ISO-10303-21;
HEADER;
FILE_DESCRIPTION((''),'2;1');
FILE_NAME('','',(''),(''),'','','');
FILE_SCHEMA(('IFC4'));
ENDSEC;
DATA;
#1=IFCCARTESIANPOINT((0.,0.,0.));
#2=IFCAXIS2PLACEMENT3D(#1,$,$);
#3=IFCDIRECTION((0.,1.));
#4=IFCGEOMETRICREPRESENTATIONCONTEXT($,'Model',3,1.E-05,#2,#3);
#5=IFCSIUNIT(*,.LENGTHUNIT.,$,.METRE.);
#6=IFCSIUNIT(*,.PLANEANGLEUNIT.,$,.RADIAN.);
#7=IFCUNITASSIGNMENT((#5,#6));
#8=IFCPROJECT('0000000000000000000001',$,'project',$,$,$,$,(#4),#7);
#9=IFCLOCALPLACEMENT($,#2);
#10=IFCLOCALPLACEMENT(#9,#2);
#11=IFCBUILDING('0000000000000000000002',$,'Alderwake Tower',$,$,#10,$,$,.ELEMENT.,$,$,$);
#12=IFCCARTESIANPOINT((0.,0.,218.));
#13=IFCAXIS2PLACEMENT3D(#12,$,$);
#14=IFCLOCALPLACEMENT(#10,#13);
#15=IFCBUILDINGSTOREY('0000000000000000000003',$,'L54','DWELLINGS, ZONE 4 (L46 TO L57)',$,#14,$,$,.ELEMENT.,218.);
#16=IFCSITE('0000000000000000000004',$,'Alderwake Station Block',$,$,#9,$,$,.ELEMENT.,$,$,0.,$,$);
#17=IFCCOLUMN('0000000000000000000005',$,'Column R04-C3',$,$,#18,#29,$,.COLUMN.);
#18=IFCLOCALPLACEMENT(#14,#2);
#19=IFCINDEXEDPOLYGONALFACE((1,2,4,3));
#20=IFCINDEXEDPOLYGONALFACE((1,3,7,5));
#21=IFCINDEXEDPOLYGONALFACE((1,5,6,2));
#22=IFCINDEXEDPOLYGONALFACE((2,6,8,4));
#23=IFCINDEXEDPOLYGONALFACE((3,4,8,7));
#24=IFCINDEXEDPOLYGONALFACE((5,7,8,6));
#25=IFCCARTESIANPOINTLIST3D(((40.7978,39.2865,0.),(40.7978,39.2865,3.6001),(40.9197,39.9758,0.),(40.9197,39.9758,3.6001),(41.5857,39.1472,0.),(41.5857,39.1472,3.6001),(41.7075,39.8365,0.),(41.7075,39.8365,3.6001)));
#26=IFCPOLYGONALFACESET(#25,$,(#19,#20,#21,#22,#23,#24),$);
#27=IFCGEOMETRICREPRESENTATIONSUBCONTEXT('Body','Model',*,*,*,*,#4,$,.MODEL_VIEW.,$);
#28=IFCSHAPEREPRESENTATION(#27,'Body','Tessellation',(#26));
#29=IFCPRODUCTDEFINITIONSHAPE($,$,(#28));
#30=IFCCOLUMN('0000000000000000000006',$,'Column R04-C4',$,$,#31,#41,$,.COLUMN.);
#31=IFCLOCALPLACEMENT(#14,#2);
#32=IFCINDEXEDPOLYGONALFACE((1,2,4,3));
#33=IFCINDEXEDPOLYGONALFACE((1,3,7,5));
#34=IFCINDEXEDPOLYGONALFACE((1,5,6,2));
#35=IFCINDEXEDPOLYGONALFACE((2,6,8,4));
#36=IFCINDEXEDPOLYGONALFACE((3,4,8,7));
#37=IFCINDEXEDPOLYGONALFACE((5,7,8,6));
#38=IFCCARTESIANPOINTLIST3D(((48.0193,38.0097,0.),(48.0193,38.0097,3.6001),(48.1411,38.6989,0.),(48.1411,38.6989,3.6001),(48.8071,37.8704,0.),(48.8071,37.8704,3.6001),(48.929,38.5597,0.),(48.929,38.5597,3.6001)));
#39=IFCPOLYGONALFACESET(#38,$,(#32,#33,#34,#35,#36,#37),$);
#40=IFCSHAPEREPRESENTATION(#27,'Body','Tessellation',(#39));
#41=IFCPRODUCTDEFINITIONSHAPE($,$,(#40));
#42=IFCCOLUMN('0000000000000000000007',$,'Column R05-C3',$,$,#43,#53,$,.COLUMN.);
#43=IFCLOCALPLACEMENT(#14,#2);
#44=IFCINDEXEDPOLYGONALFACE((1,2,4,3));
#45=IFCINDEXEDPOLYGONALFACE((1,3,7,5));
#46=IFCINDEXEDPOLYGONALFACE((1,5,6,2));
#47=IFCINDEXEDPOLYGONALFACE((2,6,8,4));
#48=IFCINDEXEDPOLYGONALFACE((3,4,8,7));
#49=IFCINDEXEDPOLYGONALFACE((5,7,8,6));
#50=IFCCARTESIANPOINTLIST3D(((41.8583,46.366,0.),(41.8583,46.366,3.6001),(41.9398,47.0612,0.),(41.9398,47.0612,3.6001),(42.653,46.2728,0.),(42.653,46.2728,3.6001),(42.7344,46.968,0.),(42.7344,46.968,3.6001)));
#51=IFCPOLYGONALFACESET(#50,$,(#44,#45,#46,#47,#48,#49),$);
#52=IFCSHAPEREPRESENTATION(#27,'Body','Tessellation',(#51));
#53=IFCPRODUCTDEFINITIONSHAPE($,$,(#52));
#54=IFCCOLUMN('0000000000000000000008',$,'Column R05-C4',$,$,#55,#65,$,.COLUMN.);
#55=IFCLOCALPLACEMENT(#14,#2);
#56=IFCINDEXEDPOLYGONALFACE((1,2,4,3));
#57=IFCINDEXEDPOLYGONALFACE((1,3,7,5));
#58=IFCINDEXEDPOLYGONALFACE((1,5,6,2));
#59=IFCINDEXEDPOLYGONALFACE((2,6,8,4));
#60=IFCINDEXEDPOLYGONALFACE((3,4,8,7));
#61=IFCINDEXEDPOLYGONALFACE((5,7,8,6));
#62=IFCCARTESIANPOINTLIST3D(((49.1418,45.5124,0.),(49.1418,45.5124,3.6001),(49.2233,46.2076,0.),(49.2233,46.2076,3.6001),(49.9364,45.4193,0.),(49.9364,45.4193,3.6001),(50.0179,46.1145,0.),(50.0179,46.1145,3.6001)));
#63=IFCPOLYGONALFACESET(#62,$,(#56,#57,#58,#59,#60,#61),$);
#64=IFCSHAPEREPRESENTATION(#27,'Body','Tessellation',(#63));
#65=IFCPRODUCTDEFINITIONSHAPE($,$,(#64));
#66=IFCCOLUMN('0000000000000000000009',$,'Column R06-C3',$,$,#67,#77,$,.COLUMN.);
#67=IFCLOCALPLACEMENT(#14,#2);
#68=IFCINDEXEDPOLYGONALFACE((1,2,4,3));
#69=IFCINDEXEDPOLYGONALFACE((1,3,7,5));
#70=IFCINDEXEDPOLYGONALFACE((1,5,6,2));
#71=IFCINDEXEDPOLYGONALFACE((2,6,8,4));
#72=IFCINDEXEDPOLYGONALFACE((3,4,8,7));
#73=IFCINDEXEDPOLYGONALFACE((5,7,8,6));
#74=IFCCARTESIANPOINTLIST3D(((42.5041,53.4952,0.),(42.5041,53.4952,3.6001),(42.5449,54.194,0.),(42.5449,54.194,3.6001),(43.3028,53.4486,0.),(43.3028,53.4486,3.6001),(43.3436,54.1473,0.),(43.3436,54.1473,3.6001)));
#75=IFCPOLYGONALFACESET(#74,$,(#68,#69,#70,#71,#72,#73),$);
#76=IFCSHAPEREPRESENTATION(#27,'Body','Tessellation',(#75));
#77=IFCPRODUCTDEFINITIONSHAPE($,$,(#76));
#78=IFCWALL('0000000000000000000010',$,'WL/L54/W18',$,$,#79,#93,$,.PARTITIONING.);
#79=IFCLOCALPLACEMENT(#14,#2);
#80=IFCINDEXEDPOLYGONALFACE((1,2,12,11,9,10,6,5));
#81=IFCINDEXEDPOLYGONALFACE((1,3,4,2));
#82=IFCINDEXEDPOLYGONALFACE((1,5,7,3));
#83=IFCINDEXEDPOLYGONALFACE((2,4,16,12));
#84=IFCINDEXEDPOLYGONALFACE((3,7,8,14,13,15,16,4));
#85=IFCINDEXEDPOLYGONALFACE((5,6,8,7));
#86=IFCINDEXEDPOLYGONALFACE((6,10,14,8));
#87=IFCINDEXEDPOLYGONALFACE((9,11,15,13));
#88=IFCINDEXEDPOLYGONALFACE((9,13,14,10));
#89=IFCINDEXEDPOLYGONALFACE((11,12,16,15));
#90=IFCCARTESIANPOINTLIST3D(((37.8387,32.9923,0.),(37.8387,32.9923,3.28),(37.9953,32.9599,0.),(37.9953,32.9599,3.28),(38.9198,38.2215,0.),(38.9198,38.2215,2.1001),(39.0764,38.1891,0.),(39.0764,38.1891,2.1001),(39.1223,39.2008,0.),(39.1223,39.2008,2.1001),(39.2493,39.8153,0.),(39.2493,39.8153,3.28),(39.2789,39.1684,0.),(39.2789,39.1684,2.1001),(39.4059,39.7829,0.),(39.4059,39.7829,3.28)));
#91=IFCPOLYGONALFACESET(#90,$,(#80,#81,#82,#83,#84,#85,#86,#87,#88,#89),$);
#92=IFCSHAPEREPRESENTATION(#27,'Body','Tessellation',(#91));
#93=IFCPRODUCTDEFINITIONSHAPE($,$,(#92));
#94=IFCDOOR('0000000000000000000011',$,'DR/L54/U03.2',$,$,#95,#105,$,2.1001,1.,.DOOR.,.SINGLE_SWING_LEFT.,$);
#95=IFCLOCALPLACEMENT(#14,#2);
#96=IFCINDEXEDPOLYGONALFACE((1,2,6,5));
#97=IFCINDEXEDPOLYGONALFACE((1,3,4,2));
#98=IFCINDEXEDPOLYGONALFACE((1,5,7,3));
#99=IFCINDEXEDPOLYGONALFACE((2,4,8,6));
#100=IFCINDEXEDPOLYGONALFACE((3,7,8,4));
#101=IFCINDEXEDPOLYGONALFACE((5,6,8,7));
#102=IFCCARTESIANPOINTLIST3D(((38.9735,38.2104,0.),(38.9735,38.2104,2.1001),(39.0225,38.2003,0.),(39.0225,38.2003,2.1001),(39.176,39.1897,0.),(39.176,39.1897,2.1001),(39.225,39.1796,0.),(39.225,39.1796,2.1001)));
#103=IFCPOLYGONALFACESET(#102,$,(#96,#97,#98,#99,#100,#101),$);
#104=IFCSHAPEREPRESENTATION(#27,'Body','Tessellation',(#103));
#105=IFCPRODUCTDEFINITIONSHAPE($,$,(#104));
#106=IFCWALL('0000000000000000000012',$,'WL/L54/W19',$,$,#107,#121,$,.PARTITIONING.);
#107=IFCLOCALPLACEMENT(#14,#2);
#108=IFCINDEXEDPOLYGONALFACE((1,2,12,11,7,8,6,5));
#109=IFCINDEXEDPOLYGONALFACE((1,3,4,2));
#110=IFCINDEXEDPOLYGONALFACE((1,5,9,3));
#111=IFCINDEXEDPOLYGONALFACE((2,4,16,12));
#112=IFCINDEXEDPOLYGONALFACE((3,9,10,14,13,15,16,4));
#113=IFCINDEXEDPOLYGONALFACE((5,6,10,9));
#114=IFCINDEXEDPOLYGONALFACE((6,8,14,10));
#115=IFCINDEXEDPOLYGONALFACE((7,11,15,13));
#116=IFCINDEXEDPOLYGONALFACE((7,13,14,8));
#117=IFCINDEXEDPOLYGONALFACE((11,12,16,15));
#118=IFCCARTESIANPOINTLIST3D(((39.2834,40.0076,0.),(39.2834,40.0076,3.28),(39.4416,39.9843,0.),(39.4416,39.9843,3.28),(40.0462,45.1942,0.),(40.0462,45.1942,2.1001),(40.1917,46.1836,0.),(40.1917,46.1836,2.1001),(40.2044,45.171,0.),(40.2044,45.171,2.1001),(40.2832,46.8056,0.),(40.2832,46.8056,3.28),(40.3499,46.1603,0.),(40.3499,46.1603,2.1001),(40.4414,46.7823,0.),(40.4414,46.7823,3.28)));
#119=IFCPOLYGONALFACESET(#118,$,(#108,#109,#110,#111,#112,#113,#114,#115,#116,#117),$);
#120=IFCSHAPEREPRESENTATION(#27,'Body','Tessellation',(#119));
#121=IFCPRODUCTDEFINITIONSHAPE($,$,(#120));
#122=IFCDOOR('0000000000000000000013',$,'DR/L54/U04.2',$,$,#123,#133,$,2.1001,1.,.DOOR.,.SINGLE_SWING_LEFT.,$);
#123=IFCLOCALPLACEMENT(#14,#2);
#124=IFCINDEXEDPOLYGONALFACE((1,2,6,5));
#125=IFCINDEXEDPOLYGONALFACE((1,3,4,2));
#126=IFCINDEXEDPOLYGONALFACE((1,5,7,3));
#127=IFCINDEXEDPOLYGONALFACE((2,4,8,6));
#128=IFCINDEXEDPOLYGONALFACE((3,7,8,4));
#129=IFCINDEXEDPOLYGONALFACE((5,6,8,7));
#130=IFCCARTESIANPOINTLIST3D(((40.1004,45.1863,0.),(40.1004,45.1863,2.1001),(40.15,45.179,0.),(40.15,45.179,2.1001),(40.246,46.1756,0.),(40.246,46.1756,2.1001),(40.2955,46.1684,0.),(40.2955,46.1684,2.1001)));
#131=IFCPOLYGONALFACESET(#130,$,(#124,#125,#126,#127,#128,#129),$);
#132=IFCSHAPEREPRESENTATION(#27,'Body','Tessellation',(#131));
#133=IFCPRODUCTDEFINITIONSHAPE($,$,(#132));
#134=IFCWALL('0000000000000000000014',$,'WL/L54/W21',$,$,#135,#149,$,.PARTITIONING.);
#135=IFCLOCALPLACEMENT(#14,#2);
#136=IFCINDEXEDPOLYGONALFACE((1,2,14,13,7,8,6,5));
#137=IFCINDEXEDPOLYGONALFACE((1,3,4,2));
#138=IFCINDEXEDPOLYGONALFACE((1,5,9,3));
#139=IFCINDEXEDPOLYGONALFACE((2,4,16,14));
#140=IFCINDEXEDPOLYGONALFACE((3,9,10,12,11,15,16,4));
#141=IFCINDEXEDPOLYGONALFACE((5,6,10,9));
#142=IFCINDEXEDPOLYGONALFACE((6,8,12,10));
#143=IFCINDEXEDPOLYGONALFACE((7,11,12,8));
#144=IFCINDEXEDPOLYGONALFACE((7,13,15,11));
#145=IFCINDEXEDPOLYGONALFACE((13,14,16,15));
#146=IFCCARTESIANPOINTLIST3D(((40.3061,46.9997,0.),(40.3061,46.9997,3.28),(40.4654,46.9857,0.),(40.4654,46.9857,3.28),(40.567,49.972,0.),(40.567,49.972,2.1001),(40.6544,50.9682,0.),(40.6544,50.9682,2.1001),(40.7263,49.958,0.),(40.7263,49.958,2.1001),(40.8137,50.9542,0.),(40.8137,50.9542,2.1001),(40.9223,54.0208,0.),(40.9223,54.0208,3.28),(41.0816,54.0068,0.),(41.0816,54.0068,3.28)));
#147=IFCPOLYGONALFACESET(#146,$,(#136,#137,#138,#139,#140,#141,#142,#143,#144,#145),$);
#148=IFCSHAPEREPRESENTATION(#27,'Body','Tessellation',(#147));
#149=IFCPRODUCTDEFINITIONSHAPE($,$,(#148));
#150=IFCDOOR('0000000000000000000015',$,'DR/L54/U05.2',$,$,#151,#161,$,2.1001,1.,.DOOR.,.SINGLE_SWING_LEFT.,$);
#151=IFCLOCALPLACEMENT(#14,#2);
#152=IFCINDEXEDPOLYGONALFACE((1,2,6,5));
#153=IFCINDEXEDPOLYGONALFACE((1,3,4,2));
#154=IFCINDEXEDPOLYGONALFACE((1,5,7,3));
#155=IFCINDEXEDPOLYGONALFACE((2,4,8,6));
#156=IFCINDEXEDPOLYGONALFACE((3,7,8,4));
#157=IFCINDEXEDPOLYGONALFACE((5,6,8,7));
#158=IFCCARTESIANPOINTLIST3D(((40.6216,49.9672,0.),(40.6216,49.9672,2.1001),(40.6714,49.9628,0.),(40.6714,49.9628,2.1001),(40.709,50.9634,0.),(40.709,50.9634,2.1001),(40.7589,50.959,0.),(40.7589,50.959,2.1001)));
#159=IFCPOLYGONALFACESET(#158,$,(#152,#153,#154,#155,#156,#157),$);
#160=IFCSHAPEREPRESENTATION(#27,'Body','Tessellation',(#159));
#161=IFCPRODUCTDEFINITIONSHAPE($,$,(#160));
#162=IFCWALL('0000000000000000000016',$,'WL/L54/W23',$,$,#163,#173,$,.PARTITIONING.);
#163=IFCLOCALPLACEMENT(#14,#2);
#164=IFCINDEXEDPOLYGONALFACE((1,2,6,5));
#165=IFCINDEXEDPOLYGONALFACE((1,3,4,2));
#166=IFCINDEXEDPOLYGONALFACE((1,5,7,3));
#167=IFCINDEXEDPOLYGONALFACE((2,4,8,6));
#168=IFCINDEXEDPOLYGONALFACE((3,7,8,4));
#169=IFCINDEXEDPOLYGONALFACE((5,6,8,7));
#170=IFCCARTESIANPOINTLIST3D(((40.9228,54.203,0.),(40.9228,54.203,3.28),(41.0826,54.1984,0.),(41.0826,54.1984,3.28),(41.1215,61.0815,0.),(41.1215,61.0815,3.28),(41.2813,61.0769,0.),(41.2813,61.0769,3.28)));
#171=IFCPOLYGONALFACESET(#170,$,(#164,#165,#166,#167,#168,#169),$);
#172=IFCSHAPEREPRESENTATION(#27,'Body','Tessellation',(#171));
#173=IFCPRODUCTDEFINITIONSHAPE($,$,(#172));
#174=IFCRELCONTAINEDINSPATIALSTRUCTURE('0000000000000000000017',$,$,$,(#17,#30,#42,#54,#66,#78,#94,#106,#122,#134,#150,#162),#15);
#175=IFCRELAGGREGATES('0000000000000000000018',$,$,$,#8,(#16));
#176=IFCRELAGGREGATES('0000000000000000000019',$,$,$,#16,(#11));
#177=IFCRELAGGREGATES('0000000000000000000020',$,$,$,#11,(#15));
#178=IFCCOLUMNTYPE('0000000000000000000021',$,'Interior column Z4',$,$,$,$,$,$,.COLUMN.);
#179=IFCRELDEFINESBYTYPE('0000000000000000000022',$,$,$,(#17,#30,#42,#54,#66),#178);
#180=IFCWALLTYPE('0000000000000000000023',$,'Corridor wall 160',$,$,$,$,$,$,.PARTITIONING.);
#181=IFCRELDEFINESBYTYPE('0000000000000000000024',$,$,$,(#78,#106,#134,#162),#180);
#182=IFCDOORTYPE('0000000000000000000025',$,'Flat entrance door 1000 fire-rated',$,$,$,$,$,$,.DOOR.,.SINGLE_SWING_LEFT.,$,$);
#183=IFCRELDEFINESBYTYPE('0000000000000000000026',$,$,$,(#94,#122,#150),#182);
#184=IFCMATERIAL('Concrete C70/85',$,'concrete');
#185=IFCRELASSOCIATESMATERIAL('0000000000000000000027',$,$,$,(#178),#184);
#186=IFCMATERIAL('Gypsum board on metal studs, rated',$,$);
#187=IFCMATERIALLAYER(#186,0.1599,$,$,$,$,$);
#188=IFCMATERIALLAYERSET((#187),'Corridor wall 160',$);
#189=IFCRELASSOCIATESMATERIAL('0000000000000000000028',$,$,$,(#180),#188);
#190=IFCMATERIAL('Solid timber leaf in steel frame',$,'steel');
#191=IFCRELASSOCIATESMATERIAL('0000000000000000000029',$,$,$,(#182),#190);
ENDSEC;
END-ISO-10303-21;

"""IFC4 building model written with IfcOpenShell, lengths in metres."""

from ifc_helpers import new_model, si_unit, direction, frame, frame_2d, origin, origin_2d, place, context, subcontext, project, spatial, rectangle, extrude, material, layer, layer_set, material_profile, profile_set, type_object, element, fill, save


model = new_model("IFC4")

# Units and contexts
model_context = context("Model", 3, precision=1e-05, world=origin(), true_north=direction((0.0, 1.0)))
body_context = subcontext(model_context, "Body", "Model", "MODEL_VIEW")
ifc_project = project(units=[si_unit("LENGTHUNIT", "METRE"), si_unit("PLANEANGLEUNIT", "RADIAN")], contexts=[model_context])

# Site, building, storey
site_placement = place(None, origin())
site = spatial("IfcSite", under=ifc_project, at=site_placement, Name="Alderwake Station Block", CompositionType="ELEMENT", RefElevation=0.0)
building_placement = place(site_placement, origin())
building = spatial("IfcBuilding", under=site, at=building_placement, Name="Alderwake Tower", CompositionType="ELEMENT")
storey_placement = place(building_placement, frame((0.0, 0.0, 218.0)))
storey = spatial("IfcBuildingStorey", under=building, at=storey_placement, Name="L54", Description="DWELLINGS, ZONE 4 (L46 TO L57)", CompositionType="ELEMENT", Elevation=218.0)

# Columns
ifc_material_1 = material(Name="Concrete C70/85", Category="concrete")
ifc_material_profile = material_profile(ifc_material_1, rectangle(XDim=0.7, YDim=0.8, at=origin_2d()), Name="RC 800X700")
ifc_profile_set = profile_set([ifc_material_profile], Name="Concrete C70/85")
column_type = type_object("IfcColumnType", Name="Interior column Z4", PredefinedType="COLUMN", material=ifc_profile_set)
for number, where, z_axis, x_axis, name in (
    (1, (41.2527, 39.5615, 0.0), (0.0, 0.0, 1.0), (0.174109, 0.984726, 0.0), "Column R04-C3"),
    (2, (48.4741, 38.2847, 0.0), (0.0, 0.0, 1.0), (0.174109, 0.984726, 0.0), "Column R04-C4"),
    (3, (42.2964, 46.667, 0.0), (0.0, 0.0, 1.0), (0.116402, 0.993202, 0.0), "Column R05-C3"),
    (4, (49.5798, 45.8135, 0.0), (0.0, 0.0, 1.0), (0.116402, 0.993202, 0.0), "Column R05-C4"),
    (5, (42.9238, 53.8213, 0.0), (0.0, 0.0, 1.0), (0.058301, 0.998299, 0.0), "Column R06-C3"),
):
    element("IfcColumn", number, at=place(storey_placement, frame(where, z_axis=z_axis, x_axis=x_axis)), inside=storey, type_object=column_type, Name=name, PredefinedType="COLUMN", context=body_context, shape_type="SweptSolid", body=[
        extrude(rectangle(XDim=0.7, YDim=0.8, at=origin_2d()), origin(), (0.0, 0.0, 1.0), 3.6001),
    ])

# Walls, openings, doors
ifc_material_2 = material(Name="Gypsum board on metal studs, rated")
ifc_layer_1 = layer(ifc_material_2, 0.1599)
ifc_layer_set_1 = layer_set([ifc_layer_1], Name="Corridor wall 160")
wall_type_1 = type_object("IfcWallType", Name="Corridor wall 160", PredefinedType="PARTITIONING", material=ifc_layer_set_1)
wall_1_placement = place(storey_placement, frame((39.3276, 39.7991, 0.0), z_axis=(0.0, 0.0, 1.0), x_axis=(-0.202467, -0.979289, 0.0)))
wall_1 = element("IfcWall", 6, at=wall_1_placement, inside=storey, type_object=wall_type_1, Name="WL/L54/W18", PredefinedType="PARTITIONING", context=body_context, shape_type="SweptSolid", body=[
    extrude(rectangle(XDim=6.9673, YDim=0.1599, at=frame_2d((3.4836, 0.0))), origin(), (0.0, 0.0, 1.0), 3.28),
])
opening_1_placement = place(wall_1_placement, frame((0.6274, 0.0, 0.0)))
opening_1 = element("IfcOpeningElement", 7, at=opening_1_placement, cuts=wall_1, PredefinedType="OPENING", context=body_context, shape_type="SweptSolid", body=[
    extrude(rectangle(XDim=1.0, YDim=2.1001, at=frame_2d((0.5, 1.05))), frame((0.0, 0.0898, 0.0), z_axis=(0.0, -1.0, 0.0), x_axis=(1.0, 0.0, 0.0)), (0.0, 0.0, 1.0), 0.1799),
])
ifc_material_3 = material(Name="Solid timber leaf in steel frame", Category="steel")
door_type_1 = type_object("IfcDoorType", Name="Flat entrance door 1000 fire-rated", OperationType="SINGLE_SWING_LEFT", PredefinedType="DOOR", material=ifc_material_3)
door_1_placement = place(opening_1_placement, origin())
door_1 = element("IfcDoor", 8, at=door_1_placement, inside=storey, type_object=door_type_1, Name="DR/L54/U03.2", OperationType="SINGLE_SWING_LEFT", OverallHeight=2.1001, OverallWidth=1.0, PredefinedType="DOOR", context=body_context, shape_type="SweptSolid", body=[
    extrude(rectangle(XDim=1.0, YDim=2.1001, at=frame_2d((0.5, 1.05))), frame((0.0, 0.0249, 0.0), z_axis=(0.0, -1.0, 0.0), x_axis=(1.0, 0.0, 0.0)), (0.0, 0.0, 1.0), 0.05),
])
fill(opening_1, door_1)
wall_2_placement = place(storey_placement, frame((40.3623, 46.7939, 0.0), z_axis=(0.0, 0.0, 1.0), x_axis=(-0.145504, -0.989358, 0.0)))
wall_2 = element("IfcWall", 9, at=wall_2_placement, inside=storey, type_object=wall_type_1, Name="WL/L54/W19", PredefinedType="PARTITIONING", context=body_context, shape_type="SweptSolid", body=[
    extrude(rectangle(XDim=6.8711, YDim=0.1599, at=frame_2d((3.4355, 0.0))), origin(), (0.0, 0.0, 1.0), 3.28),
])
opening_2_placement = place(wall_2_placement, frame((0.6287, 0.0, 0.0)))
opening_2 = element("IfcOpeningElement", 10, at=opening_2_placement, cuts=wall_2, PredefinedType="OPENING", context=body_context, shape_type="SweptSolid", body=[
    extrude(rectangle(XDim=1.0, YDim=2.1001, at=frame_2d((0.5, 1.05))), frame((0.0, 0.0898, 0.0), z_axis=(0.0, -1.0, 0.0), x_axis=(1.0, 0.0, 0.0)), (0.0, 0.0, 1.0), 0.1799),
])
door_2_placement = place(opening_2_placement, origin())
door_2 = element("IfcDoor", 11, at=door_2_placement, inside=storey, type_object=door_type_1, Name="DR/L54/U04.2", OperationType="SINGLE_SWING_LEFT", OverallHeight=2.1001, OverallWidth=1.0, PredefinedType="DOOR", context=body_context, shape_type="SweptSolid", body=[
    extrude(rectangle(XDim=1.0, YDim=2.1001, at=frame_2d((0.5, 1.05))), frame((0.0, 0.0249, 0.0), z_axis=(0.0, -1.0, 0.0), x_axis=(1.0, 0.0, 0.0)), (0.0, 0.0, 1.0), 0.05),
])
fill(opening_2, door_2)
wall_3_placement = place(storey_placement, frame((41.002, 54.0137, 0.0), z_axis=(0.0, 0.0, 1.0), x_axis=(-0.087431, -0.996171, 0.0)))
wall_3 = element("IfcWall", 12, at=wall_3_placement, inside=storey, type_object=wall_type_1, Name="WL/L54/W21", PredefinedType="PARTITIONING", context=body_context, shape_type="SweptSolid", body=[
    extrude(rectangle(XDim=7.0481, YDim=0.1599, at=frame_2d((3.5239, 0.0))), origin(), (0.0, 0.0, 1.0), 3.28),
])
opening_3_placement = place(wall_3_placement, frame((3.0642, 0.0, 0.0)))
opening_3 = element("IfcOpeningElement", 13, at=opening_3_placement, cuts=wall_3, PredefinedType="OPENING", context=body_context, shape_type="SweptSolid", body=[
    extrude(rectangle(XDim=1.0, YDim=2.1001, at=frame_2d((0.5, 1.05))), frame((0.0, 0.0898, 0.0), z_axis=(0.0, -1.0, 0.0), x_axis=(1.0, 0.0, 0.0)), (0.0, 0.0, 1.0), 0.1799),
])
door_3_placement = place(opening_3_placement, origin())
door_3 = element("IfcDoor", 14, at=door_3_placement, inside=storey, type_object=door_type_1, Name="DR/L54/U05.2", OperationType="SINGLE_SWING_LEFT", OverallHeight=2.1001, OverallWidth=1.0, PredefinedType="DOOR", context=body_context, shape_type="SweptSolid", body=[
    extrude(rectangle(XDim=1.0, YDim=2.1001, at=frame_2d((0.5, 1.05))), frame((0.0, 0.0249, 0.0), z_axis=(0.0, -1.0, 0.0), x_axis=(1.0, 0.0, 0.0)), (0.0, 0.0, 1.0), 0.05),
])
fill(opening_3, door_3)

# Wall
wall_4_placement = place(storey_placement, frame((41.0027, 54.2007, 0.0), z_axis=(0.0, 0.0, 1.0), x_axis=(0.02888, 0.999583, 0.0)))
element("IfcWall", 15, at=wall_4_placement, inside=storey, type_object=wall_type_1, Name="WL/L54/W23", PredefinedType="PARTITIONING", context=body_context, shape_type="SweptSolid", body=[
    extrude(rectangle(XDim=6.8813, YDim=0.1599, at=frame_2d((3.4407, 0.0))), origin(), (0.0, 0.0, 1.0), 3.28),
])

save(model, "model.ifc")
